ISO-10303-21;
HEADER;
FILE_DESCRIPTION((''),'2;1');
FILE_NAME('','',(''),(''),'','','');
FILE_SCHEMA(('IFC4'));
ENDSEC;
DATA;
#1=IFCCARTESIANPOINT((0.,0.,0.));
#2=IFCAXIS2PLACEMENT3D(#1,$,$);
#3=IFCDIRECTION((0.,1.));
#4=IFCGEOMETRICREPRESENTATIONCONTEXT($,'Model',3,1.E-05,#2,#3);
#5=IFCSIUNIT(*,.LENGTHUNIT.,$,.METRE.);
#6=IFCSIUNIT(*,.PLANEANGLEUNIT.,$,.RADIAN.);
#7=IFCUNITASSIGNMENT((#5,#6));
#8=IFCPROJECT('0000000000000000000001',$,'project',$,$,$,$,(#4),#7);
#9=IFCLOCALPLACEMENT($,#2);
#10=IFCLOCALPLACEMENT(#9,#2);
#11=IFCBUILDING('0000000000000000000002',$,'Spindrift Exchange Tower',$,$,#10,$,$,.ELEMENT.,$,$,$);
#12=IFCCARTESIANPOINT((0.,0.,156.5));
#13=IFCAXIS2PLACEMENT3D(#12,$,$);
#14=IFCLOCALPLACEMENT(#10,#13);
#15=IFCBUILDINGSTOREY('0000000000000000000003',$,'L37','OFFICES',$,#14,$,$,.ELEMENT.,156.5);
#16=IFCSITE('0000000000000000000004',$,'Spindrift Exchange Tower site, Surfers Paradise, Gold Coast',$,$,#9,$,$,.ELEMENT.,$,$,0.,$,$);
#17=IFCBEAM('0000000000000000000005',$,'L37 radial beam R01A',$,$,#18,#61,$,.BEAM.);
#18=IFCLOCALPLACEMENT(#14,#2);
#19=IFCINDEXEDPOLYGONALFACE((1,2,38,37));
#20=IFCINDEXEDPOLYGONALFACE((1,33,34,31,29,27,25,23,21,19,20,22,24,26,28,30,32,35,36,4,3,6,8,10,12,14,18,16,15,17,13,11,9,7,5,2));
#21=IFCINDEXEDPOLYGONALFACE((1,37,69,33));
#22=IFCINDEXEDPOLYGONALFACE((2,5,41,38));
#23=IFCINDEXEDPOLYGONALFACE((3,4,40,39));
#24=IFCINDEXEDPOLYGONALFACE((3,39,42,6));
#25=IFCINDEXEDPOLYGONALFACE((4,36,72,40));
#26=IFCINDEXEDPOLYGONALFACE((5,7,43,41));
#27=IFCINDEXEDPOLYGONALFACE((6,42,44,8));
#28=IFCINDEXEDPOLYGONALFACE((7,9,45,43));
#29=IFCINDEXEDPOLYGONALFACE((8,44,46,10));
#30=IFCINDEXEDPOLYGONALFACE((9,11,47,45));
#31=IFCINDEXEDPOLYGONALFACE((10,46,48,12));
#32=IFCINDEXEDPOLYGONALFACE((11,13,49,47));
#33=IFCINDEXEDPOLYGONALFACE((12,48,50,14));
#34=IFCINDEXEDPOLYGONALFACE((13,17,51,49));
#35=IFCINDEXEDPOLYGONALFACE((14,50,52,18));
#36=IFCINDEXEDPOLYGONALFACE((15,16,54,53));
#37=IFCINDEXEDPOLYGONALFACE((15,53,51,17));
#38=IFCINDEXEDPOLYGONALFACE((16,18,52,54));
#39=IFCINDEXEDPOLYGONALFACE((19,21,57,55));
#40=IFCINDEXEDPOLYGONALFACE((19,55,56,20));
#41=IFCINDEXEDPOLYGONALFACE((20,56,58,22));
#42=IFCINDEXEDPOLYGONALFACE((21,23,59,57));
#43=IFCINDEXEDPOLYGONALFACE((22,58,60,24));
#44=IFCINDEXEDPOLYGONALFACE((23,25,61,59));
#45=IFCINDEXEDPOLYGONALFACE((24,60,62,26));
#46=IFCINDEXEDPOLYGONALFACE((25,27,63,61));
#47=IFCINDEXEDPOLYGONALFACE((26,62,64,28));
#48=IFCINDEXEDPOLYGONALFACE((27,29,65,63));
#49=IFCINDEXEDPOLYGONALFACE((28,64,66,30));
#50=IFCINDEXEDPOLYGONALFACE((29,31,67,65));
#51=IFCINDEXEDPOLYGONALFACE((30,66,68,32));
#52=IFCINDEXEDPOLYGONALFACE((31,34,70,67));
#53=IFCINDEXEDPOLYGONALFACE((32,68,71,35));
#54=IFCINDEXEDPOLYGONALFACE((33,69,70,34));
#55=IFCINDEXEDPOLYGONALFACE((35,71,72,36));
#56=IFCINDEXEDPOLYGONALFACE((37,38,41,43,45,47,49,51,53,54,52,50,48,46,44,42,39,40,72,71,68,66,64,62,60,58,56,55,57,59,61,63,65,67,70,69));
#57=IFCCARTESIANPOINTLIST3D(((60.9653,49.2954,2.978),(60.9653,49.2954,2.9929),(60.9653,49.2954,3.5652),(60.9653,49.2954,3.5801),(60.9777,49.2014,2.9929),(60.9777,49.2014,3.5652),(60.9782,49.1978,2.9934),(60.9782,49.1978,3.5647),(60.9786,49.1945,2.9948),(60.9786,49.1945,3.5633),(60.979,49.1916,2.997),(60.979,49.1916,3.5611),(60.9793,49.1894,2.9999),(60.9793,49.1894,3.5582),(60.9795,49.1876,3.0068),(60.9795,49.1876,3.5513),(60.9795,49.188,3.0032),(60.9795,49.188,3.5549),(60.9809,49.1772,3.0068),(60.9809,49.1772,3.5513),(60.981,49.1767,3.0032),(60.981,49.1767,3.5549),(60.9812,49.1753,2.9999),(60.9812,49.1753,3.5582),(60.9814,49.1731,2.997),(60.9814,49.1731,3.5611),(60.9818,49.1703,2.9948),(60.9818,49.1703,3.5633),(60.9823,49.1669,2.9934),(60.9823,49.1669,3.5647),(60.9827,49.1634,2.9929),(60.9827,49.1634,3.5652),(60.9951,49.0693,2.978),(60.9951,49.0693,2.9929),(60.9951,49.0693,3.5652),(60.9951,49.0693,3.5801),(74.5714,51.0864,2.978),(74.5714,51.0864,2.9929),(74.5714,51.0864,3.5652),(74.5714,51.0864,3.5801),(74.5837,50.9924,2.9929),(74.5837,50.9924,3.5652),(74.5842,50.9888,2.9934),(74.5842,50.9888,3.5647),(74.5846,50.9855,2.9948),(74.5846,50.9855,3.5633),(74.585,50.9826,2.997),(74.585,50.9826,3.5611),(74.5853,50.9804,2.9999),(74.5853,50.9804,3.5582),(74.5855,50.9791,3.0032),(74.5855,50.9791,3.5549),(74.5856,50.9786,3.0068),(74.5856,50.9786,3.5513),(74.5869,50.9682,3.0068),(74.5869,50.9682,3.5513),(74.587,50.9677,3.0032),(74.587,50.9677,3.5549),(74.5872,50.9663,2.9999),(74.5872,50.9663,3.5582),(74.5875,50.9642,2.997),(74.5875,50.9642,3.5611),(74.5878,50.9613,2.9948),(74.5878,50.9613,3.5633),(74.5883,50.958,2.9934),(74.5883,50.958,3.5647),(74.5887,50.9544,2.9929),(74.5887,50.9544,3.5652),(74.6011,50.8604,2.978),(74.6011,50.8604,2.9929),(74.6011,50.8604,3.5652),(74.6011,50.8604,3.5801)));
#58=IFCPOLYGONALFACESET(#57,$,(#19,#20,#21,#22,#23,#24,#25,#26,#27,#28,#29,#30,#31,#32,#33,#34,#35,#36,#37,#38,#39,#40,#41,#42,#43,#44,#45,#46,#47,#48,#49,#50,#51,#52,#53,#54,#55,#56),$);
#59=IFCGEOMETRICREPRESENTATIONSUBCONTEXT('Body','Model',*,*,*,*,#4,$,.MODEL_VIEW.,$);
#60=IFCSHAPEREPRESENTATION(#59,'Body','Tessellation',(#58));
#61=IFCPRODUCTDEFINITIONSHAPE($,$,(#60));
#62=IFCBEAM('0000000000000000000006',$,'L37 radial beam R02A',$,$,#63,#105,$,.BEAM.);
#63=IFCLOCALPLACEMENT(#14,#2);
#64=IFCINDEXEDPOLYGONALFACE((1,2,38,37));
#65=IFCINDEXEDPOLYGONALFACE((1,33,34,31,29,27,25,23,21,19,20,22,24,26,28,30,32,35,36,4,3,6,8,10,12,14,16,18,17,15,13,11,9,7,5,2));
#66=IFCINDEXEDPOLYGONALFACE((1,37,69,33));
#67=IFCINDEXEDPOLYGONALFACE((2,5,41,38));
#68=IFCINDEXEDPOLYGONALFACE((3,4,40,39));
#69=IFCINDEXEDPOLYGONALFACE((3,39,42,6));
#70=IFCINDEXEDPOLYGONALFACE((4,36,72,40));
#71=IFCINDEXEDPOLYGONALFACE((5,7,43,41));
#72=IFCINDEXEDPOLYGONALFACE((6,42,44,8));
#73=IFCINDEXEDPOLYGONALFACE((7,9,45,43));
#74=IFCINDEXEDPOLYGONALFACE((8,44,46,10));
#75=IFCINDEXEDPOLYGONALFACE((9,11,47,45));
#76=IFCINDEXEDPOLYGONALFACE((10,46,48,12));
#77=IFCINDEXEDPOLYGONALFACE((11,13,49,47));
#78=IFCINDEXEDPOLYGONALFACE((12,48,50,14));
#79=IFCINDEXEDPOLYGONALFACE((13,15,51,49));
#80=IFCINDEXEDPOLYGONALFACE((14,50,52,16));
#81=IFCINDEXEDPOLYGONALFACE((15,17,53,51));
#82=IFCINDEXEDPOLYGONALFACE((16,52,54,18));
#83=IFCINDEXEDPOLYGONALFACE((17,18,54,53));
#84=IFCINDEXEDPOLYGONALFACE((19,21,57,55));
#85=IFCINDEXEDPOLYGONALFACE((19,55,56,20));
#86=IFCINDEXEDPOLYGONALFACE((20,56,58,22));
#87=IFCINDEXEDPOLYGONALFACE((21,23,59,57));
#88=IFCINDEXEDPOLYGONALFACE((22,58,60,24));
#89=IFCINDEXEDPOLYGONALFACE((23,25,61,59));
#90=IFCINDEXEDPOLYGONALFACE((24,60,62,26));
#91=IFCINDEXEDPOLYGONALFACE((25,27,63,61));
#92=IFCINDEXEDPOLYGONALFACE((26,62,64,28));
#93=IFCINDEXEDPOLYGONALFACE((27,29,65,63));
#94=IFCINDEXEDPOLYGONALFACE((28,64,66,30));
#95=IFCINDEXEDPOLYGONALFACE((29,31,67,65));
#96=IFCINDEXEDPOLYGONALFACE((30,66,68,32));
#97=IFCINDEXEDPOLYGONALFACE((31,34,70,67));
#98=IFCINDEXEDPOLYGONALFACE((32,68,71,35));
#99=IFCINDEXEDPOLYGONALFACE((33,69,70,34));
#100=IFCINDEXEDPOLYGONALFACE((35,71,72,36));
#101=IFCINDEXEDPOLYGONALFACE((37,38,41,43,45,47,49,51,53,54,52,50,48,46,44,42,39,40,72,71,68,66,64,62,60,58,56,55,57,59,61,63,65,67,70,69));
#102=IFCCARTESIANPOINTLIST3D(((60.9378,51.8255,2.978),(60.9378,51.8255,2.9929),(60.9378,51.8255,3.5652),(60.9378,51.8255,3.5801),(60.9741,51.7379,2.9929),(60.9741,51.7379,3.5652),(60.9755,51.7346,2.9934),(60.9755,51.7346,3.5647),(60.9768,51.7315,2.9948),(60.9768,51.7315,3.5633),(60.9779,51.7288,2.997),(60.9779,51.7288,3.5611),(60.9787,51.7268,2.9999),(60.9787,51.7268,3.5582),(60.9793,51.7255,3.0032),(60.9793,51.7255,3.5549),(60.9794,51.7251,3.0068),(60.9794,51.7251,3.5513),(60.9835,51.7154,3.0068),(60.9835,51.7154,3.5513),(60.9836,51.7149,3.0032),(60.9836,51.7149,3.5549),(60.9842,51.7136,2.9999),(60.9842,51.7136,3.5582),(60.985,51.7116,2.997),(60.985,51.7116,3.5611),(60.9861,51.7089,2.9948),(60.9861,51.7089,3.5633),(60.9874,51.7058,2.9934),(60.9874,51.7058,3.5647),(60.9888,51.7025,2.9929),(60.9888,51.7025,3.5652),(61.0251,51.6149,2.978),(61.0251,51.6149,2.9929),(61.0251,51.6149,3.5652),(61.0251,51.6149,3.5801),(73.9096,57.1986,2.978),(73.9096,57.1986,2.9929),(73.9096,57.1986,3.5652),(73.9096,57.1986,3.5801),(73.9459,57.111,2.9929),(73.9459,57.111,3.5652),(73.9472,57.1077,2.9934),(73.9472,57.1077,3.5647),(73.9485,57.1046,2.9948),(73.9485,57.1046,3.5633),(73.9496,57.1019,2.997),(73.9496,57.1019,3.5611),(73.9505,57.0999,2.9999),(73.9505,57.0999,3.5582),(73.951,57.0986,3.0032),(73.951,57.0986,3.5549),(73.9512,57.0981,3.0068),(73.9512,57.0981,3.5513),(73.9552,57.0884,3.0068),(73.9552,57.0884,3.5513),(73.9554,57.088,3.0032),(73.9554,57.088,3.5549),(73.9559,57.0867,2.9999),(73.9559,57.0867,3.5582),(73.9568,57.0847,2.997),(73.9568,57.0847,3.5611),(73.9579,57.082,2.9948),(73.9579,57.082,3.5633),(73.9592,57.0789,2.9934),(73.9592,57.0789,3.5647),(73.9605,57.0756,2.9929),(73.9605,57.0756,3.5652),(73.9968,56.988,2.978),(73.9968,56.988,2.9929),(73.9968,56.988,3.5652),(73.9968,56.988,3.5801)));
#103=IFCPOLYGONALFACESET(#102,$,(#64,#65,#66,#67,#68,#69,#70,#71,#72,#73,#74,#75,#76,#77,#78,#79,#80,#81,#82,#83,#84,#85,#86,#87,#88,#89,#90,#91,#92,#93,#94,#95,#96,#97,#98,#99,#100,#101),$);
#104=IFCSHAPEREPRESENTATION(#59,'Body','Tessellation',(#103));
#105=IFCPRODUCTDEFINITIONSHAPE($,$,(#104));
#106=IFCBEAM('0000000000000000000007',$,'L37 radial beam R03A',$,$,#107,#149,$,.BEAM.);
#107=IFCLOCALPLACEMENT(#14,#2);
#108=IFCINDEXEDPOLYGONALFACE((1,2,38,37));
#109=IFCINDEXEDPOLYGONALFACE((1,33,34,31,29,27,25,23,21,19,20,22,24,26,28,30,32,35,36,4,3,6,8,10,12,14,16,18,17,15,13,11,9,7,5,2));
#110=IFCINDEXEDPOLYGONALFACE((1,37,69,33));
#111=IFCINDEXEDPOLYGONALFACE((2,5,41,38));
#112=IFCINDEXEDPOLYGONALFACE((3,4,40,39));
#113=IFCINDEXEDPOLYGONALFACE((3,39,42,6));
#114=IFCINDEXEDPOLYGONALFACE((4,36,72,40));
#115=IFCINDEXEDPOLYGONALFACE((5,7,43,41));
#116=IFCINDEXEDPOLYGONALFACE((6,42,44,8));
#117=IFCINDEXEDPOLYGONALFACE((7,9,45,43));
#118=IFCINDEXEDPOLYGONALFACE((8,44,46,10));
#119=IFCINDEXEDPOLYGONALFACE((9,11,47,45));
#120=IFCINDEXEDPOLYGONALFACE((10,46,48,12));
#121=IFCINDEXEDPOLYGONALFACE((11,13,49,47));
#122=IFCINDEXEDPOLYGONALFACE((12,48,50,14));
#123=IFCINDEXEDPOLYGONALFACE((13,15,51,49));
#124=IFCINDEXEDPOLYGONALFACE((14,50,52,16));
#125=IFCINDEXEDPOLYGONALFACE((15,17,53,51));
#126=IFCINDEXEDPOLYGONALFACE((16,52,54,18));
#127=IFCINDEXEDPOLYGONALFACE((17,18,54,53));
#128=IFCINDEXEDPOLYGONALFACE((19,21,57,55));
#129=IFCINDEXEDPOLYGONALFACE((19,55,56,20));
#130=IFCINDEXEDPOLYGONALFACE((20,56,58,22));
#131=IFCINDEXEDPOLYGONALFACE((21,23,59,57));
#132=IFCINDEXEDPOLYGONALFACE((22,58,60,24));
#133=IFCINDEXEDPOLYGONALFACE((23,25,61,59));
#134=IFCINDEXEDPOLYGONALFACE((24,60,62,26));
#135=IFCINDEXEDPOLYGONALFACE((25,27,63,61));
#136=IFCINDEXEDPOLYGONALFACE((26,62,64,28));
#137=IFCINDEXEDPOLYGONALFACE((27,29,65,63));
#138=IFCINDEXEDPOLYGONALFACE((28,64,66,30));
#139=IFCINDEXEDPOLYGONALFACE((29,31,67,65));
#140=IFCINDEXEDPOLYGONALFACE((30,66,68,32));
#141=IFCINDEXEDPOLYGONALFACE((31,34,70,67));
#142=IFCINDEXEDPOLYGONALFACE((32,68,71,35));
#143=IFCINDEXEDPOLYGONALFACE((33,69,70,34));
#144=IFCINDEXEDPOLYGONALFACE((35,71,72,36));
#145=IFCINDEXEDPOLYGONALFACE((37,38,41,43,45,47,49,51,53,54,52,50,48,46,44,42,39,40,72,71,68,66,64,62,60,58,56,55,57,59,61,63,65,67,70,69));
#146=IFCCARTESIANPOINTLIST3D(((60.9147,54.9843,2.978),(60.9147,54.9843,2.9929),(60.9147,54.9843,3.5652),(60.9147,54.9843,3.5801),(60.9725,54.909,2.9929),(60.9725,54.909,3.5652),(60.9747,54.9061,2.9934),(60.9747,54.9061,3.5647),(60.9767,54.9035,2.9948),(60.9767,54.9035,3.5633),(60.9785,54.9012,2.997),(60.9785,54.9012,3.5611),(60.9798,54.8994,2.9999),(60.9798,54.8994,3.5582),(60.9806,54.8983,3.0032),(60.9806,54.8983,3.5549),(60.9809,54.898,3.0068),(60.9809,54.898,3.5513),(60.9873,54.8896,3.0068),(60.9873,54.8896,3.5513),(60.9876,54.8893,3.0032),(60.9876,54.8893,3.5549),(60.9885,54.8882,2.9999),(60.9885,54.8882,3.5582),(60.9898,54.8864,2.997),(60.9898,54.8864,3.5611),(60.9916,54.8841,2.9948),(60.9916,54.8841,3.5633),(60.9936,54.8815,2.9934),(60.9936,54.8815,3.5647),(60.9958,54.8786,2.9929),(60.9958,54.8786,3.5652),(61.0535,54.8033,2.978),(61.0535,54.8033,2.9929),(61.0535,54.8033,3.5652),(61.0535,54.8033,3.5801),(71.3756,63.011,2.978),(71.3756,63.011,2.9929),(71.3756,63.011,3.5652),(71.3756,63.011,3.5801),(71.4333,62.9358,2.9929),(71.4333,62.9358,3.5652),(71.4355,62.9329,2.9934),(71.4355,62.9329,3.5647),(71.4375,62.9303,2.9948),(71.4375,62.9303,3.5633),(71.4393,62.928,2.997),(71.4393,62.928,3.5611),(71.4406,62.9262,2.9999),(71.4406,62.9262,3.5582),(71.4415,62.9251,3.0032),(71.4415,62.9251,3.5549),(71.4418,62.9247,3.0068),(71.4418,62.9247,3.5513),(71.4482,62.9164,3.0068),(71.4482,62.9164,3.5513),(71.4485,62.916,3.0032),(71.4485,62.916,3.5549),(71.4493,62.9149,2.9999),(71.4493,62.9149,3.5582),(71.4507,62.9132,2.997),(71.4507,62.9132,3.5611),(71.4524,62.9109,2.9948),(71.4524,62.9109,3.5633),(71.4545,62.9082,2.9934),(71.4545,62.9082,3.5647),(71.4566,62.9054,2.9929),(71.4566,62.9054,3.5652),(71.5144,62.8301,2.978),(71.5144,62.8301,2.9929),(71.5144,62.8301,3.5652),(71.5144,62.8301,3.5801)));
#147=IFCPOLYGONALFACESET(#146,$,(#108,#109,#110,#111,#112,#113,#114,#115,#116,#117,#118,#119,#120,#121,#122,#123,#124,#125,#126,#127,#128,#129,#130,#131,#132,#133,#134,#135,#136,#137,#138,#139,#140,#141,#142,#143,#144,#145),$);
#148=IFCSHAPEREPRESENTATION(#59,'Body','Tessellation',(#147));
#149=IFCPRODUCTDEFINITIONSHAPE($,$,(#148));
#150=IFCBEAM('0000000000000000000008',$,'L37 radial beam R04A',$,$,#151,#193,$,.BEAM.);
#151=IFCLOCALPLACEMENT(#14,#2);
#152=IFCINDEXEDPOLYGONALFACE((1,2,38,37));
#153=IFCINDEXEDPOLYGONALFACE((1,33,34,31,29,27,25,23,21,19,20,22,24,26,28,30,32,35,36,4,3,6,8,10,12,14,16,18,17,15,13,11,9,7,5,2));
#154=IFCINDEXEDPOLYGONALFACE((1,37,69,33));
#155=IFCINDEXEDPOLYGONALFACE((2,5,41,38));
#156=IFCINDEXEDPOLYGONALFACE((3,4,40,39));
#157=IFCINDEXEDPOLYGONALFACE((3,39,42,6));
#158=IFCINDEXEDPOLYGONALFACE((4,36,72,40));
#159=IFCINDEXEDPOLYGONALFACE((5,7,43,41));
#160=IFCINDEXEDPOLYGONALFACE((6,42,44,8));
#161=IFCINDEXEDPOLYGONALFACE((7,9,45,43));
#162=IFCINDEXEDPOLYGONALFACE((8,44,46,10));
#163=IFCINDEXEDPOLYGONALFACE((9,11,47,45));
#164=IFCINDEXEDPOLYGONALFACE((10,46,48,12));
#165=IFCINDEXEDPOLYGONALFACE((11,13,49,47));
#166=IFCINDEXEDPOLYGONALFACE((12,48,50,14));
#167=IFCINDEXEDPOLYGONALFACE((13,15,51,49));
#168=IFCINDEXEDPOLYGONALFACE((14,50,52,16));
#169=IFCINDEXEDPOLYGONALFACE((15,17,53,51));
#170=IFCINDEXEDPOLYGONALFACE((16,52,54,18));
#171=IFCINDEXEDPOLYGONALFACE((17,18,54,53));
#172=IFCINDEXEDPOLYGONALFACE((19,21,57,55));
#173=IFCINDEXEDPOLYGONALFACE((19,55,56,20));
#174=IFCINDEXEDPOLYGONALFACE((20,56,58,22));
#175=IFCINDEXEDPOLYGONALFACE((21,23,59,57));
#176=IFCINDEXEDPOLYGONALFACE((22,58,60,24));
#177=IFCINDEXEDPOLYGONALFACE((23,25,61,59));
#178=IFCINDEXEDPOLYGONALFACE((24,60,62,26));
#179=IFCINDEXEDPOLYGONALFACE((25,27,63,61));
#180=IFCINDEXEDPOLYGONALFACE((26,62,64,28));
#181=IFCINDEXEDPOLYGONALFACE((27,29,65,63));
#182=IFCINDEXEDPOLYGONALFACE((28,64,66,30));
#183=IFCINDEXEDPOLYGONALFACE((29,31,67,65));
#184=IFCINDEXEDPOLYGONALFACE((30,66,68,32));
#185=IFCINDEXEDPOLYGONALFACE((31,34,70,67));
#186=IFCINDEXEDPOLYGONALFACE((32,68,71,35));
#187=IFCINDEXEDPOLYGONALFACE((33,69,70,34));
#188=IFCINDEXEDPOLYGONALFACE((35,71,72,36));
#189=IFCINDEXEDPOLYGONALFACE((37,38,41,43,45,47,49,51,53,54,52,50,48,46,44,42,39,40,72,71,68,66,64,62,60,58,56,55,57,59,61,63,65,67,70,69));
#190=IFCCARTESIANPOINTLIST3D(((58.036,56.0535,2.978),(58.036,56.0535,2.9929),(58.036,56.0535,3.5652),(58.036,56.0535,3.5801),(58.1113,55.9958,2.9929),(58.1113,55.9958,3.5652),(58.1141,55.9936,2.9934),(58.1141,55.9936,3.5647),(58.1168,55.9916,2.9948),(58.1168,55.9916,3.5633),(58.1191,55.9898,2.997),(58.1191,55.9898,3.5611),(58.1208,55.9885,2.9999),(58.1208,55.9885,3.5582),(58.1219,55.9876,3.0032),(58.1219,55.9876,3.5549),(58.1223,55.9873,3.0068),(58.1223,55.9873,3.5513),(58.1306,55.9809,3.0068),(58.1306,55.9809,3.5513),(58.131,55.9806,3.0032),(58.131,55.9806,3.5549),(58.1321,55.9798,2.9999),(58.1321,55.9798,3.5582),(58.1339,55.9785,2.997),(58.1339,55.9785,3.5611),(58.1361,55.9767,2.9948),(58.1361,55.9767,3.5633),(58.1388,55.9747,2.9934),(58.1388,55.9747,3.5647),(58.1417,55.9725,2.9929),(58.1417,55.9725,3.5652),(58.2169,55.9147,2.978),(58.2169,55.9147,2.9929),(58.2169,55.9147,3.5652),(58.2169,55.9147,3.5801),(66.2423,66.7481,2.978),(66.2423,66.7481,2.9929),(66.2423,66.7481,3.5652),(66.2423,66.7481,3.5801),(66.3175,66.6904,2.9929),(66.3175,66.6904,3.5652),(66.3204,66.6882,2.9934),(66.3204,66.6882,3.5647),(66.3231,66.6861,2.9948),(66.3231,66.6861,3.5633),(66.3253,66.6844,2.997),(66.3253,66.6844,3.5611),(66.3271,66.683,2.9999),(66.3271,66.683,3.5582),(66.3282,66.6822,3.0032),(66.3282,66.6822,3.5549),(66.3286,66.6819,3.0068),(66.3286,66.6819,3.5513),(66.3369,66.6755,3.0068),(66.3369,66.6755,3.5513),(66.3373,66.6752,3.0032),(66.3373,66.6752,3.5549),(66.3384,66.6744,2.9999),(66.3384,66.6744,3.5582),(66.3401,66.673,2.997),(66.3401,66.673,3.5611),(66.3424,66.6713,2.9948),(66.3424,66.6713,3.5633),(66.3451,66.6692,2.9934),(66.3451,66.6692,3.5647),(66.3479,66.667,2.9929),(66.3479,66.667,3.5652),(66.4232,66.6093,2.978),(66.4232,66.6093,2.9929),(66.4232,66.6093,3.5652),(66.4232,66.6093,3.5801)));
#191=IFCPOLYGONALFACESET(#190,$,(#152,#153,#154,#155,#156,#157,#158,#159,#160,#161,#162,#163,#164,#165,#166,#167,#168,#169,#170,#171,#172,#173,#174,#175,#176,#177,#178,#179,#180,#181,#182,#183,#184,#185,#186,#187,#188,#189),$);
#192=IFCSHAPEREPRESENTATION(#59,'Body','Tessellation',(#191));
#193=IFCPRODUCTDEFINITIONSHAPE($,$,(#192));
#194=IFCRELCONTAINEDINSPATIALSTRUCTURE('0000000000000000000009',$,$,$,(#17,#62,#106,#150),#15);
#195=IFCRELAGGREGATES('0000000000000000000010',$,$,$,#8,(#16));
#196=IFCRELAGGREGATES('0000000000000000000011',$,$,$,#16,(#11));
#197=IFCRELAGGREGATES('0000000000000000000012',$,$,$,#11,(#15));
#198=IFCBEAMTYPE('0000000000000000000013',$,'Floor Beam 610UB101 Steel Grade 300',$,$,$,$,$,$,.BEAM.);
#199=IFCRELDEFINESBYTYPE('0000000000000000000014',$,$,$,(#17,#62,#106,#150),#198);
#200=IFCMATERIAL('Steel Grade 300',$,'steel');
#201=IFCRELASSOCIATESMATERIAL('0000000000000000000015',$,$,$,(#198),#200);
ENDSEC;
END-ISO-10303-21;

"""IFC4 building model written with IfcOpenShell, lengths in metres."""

from ifc_helpers import new_model, si_unit, direction, frame, origin, origin_2d, place, context, subcontext, project, spatial, i_section, extrude, source, transform, mapped, material, material_profile, profile_set, type_object, element, save


model = new_model("IFC4")

# Units and contexts
model_context = context("Model", 3, precision=1e-05, world=origin(), true_north=direction((0.0, 1.0)))
body_context = subcontext(model_context, "Body", "Model", "MODEL_VIEW")
ifc_project = project(units=[si_unit("LENGTHUNIT", "METRE"), si_unit("PLANEANGLEUNIT", "RADIAN")], contexts=[model_context])

# Site, building, storey
site_placement = place(None, origin())
site = spatial("IfcSite", under=ifc_project, at=site_placement, Name="Spindrift Exchange Tower site, Surfers Paradise, Gold Coast", CompositionType="ELEMENT", RefElevation=0.0)
building_placement = place(site_placement, origin())
building = spatial("IfcBuilding", under=site, at=building_placement, Name="Spindrift Exchange Tower", CompositionType="ELEMENT")
storey_placement = place(building_placement, frame((0.0, 0.0, 156.5)))
storey = spatial("IfcBuildingStorey", under=building, at=storey_placement, Name="L37", Description="OFFICES", CompositionType="ELEMENT", Elevation=156.5)

# Beams
ifc_material_1 = material(Name="Steel Grade 300", Category="steel")
ifc_material_profile_1 = material_profile(ifc_material_1, i_section(OverallWidth=0.228, OverallDepth=0.6021, WebThickness=0.0105, FlangeThickness=0.0149, FilletRadius=0.0139, at=origin_2d()), Name="610UB101")
ifc_profile_set_1 = profile_set([ifc_material_profile_1], Name="Steel Grade 300")
beam_type_1 = type_object("IfcBeamType", Name="Floor Beam 610UB101 Steel Grade 300", PredefinedType="BEAM", material=ifc_profile_set_1)
shared_shape_1 = source(origin(), body_context, "Body", "SweptSolid", [
    extrude(i_section(OverallWidth=0.228, OverallDepth=0.6021, WebThickness=0.0105, FlangeThickness=0.0149, FilletRadius=0.0139, at=origin_2d()), origin(), (0.0, 0.0, 1.0), 13.7234),
])
beam_1_placement = place(storey_placement, frame((60.9802, 49.1824, 3.2791), z_axis=(0.991447, 0.130509, 0.0), x_axis=(-0.130509, 0.991447, 0.0)))
element("IfcBeam", 1, at=beam_1_placement, inside=storey, type_object=beam_type_1, Name="L37 radial beam R01A", PredefinedType="BEAM", context=body_context, shape_type="MappedRepresentation", body=[
    mapped(shared_shape_1, transform((0.0, 0.0, 0.0), scale=1.0)),
])
shared_shape_2 = source(origin(), body_context, "Body", "SweptSolid", [
    extrude(i_section(OverallWidth=0.228, OverallDepth=0.6021, WebThickness=0.0105, FlangeThickness=0.0149, FilletRadius=0.0139, at=origin_2d()), origin(), (0.0, 0.0, 1.0), 14.0405),
])
beam_2_placement = place(storey_placement, frame((60.9814, 51.7202, 3.2791), z_axis=(0.92388, 0.382684, 0.0), x_axis=(-0.382684, 0.92388, 0.0)))
element("IfcBeam", 2, at=beam_2_placement, inside=storey, type_object=beam_type_1, Name="L37 radial beam R02A", PredefinedType="BEAM", context=body_context, shape_type="MappedRepresentation", body=[
    mapped(shared_shape_2, transform((0.0, 0.0, 0.0), scale=1.0)),
])
shared_shape_3 = source(origin(), body_context, "Body", "SweptSolid", [
    extrude(i_section(OverallWidth=0.228, OverallDepth=0.6021, WebThickness=0.0105, FlangeThickness=0.0149, FilletRadius=0.0139, at=origin_2d()), origin(), (0.0, 0.0, 1.0), 13.1855),
])
beam_3_placement = place(storey_placement, frame((60.9841, 54.8938, 3.2791), z_axis=(0.793357, 0.608756, 0.0), x_axis=(-0.608756, 0.793357, 0.0)))
element("IfcBeam", 3, at=beam_3_placement, inside=storey, type_object=beam_type_1, Name="L37 radial beam R03A", PredefinedType="BEAM", context=body_context, shape_type="MappedRepresentation", body=[
    mapped(shared_shape_3, transform((0.0, 0.0, 0.0), scale=1.0)),
])
shared_shape_4 = source(origin(), body_context, "Body", "SweptSolid", [
    extrude(i_section(OverallWidth=0.228, OverallDepth=0.6021, WebThickness=0.0105, FlangeThickness=0.0149, FilletRadius=0.0139, at=origin_2d()), origin(), (0.0, 0.0, 1.0), 13.4802),
])
beam_4_placement = place(storey_placement, frame((58.1265, 55.9841, 3.2791), z_axis=(0.608764, 0.793351, 0.0), x_axis=(-0.793351, 0.608764, 0.0)))
element("IfcBeam", 4, at=beam_4_placement, inside=storey, type_object=beam_type_1, Name="L37 radial beam R04A", PredefinedType="BEAM", context=body_context, shape_type="MappedRepresentation", body=[
    mapped(shared_shape_4, transform((0.0, 0.0, 0.0), scale=1.0)),
])

save(model, "model.ifc")
